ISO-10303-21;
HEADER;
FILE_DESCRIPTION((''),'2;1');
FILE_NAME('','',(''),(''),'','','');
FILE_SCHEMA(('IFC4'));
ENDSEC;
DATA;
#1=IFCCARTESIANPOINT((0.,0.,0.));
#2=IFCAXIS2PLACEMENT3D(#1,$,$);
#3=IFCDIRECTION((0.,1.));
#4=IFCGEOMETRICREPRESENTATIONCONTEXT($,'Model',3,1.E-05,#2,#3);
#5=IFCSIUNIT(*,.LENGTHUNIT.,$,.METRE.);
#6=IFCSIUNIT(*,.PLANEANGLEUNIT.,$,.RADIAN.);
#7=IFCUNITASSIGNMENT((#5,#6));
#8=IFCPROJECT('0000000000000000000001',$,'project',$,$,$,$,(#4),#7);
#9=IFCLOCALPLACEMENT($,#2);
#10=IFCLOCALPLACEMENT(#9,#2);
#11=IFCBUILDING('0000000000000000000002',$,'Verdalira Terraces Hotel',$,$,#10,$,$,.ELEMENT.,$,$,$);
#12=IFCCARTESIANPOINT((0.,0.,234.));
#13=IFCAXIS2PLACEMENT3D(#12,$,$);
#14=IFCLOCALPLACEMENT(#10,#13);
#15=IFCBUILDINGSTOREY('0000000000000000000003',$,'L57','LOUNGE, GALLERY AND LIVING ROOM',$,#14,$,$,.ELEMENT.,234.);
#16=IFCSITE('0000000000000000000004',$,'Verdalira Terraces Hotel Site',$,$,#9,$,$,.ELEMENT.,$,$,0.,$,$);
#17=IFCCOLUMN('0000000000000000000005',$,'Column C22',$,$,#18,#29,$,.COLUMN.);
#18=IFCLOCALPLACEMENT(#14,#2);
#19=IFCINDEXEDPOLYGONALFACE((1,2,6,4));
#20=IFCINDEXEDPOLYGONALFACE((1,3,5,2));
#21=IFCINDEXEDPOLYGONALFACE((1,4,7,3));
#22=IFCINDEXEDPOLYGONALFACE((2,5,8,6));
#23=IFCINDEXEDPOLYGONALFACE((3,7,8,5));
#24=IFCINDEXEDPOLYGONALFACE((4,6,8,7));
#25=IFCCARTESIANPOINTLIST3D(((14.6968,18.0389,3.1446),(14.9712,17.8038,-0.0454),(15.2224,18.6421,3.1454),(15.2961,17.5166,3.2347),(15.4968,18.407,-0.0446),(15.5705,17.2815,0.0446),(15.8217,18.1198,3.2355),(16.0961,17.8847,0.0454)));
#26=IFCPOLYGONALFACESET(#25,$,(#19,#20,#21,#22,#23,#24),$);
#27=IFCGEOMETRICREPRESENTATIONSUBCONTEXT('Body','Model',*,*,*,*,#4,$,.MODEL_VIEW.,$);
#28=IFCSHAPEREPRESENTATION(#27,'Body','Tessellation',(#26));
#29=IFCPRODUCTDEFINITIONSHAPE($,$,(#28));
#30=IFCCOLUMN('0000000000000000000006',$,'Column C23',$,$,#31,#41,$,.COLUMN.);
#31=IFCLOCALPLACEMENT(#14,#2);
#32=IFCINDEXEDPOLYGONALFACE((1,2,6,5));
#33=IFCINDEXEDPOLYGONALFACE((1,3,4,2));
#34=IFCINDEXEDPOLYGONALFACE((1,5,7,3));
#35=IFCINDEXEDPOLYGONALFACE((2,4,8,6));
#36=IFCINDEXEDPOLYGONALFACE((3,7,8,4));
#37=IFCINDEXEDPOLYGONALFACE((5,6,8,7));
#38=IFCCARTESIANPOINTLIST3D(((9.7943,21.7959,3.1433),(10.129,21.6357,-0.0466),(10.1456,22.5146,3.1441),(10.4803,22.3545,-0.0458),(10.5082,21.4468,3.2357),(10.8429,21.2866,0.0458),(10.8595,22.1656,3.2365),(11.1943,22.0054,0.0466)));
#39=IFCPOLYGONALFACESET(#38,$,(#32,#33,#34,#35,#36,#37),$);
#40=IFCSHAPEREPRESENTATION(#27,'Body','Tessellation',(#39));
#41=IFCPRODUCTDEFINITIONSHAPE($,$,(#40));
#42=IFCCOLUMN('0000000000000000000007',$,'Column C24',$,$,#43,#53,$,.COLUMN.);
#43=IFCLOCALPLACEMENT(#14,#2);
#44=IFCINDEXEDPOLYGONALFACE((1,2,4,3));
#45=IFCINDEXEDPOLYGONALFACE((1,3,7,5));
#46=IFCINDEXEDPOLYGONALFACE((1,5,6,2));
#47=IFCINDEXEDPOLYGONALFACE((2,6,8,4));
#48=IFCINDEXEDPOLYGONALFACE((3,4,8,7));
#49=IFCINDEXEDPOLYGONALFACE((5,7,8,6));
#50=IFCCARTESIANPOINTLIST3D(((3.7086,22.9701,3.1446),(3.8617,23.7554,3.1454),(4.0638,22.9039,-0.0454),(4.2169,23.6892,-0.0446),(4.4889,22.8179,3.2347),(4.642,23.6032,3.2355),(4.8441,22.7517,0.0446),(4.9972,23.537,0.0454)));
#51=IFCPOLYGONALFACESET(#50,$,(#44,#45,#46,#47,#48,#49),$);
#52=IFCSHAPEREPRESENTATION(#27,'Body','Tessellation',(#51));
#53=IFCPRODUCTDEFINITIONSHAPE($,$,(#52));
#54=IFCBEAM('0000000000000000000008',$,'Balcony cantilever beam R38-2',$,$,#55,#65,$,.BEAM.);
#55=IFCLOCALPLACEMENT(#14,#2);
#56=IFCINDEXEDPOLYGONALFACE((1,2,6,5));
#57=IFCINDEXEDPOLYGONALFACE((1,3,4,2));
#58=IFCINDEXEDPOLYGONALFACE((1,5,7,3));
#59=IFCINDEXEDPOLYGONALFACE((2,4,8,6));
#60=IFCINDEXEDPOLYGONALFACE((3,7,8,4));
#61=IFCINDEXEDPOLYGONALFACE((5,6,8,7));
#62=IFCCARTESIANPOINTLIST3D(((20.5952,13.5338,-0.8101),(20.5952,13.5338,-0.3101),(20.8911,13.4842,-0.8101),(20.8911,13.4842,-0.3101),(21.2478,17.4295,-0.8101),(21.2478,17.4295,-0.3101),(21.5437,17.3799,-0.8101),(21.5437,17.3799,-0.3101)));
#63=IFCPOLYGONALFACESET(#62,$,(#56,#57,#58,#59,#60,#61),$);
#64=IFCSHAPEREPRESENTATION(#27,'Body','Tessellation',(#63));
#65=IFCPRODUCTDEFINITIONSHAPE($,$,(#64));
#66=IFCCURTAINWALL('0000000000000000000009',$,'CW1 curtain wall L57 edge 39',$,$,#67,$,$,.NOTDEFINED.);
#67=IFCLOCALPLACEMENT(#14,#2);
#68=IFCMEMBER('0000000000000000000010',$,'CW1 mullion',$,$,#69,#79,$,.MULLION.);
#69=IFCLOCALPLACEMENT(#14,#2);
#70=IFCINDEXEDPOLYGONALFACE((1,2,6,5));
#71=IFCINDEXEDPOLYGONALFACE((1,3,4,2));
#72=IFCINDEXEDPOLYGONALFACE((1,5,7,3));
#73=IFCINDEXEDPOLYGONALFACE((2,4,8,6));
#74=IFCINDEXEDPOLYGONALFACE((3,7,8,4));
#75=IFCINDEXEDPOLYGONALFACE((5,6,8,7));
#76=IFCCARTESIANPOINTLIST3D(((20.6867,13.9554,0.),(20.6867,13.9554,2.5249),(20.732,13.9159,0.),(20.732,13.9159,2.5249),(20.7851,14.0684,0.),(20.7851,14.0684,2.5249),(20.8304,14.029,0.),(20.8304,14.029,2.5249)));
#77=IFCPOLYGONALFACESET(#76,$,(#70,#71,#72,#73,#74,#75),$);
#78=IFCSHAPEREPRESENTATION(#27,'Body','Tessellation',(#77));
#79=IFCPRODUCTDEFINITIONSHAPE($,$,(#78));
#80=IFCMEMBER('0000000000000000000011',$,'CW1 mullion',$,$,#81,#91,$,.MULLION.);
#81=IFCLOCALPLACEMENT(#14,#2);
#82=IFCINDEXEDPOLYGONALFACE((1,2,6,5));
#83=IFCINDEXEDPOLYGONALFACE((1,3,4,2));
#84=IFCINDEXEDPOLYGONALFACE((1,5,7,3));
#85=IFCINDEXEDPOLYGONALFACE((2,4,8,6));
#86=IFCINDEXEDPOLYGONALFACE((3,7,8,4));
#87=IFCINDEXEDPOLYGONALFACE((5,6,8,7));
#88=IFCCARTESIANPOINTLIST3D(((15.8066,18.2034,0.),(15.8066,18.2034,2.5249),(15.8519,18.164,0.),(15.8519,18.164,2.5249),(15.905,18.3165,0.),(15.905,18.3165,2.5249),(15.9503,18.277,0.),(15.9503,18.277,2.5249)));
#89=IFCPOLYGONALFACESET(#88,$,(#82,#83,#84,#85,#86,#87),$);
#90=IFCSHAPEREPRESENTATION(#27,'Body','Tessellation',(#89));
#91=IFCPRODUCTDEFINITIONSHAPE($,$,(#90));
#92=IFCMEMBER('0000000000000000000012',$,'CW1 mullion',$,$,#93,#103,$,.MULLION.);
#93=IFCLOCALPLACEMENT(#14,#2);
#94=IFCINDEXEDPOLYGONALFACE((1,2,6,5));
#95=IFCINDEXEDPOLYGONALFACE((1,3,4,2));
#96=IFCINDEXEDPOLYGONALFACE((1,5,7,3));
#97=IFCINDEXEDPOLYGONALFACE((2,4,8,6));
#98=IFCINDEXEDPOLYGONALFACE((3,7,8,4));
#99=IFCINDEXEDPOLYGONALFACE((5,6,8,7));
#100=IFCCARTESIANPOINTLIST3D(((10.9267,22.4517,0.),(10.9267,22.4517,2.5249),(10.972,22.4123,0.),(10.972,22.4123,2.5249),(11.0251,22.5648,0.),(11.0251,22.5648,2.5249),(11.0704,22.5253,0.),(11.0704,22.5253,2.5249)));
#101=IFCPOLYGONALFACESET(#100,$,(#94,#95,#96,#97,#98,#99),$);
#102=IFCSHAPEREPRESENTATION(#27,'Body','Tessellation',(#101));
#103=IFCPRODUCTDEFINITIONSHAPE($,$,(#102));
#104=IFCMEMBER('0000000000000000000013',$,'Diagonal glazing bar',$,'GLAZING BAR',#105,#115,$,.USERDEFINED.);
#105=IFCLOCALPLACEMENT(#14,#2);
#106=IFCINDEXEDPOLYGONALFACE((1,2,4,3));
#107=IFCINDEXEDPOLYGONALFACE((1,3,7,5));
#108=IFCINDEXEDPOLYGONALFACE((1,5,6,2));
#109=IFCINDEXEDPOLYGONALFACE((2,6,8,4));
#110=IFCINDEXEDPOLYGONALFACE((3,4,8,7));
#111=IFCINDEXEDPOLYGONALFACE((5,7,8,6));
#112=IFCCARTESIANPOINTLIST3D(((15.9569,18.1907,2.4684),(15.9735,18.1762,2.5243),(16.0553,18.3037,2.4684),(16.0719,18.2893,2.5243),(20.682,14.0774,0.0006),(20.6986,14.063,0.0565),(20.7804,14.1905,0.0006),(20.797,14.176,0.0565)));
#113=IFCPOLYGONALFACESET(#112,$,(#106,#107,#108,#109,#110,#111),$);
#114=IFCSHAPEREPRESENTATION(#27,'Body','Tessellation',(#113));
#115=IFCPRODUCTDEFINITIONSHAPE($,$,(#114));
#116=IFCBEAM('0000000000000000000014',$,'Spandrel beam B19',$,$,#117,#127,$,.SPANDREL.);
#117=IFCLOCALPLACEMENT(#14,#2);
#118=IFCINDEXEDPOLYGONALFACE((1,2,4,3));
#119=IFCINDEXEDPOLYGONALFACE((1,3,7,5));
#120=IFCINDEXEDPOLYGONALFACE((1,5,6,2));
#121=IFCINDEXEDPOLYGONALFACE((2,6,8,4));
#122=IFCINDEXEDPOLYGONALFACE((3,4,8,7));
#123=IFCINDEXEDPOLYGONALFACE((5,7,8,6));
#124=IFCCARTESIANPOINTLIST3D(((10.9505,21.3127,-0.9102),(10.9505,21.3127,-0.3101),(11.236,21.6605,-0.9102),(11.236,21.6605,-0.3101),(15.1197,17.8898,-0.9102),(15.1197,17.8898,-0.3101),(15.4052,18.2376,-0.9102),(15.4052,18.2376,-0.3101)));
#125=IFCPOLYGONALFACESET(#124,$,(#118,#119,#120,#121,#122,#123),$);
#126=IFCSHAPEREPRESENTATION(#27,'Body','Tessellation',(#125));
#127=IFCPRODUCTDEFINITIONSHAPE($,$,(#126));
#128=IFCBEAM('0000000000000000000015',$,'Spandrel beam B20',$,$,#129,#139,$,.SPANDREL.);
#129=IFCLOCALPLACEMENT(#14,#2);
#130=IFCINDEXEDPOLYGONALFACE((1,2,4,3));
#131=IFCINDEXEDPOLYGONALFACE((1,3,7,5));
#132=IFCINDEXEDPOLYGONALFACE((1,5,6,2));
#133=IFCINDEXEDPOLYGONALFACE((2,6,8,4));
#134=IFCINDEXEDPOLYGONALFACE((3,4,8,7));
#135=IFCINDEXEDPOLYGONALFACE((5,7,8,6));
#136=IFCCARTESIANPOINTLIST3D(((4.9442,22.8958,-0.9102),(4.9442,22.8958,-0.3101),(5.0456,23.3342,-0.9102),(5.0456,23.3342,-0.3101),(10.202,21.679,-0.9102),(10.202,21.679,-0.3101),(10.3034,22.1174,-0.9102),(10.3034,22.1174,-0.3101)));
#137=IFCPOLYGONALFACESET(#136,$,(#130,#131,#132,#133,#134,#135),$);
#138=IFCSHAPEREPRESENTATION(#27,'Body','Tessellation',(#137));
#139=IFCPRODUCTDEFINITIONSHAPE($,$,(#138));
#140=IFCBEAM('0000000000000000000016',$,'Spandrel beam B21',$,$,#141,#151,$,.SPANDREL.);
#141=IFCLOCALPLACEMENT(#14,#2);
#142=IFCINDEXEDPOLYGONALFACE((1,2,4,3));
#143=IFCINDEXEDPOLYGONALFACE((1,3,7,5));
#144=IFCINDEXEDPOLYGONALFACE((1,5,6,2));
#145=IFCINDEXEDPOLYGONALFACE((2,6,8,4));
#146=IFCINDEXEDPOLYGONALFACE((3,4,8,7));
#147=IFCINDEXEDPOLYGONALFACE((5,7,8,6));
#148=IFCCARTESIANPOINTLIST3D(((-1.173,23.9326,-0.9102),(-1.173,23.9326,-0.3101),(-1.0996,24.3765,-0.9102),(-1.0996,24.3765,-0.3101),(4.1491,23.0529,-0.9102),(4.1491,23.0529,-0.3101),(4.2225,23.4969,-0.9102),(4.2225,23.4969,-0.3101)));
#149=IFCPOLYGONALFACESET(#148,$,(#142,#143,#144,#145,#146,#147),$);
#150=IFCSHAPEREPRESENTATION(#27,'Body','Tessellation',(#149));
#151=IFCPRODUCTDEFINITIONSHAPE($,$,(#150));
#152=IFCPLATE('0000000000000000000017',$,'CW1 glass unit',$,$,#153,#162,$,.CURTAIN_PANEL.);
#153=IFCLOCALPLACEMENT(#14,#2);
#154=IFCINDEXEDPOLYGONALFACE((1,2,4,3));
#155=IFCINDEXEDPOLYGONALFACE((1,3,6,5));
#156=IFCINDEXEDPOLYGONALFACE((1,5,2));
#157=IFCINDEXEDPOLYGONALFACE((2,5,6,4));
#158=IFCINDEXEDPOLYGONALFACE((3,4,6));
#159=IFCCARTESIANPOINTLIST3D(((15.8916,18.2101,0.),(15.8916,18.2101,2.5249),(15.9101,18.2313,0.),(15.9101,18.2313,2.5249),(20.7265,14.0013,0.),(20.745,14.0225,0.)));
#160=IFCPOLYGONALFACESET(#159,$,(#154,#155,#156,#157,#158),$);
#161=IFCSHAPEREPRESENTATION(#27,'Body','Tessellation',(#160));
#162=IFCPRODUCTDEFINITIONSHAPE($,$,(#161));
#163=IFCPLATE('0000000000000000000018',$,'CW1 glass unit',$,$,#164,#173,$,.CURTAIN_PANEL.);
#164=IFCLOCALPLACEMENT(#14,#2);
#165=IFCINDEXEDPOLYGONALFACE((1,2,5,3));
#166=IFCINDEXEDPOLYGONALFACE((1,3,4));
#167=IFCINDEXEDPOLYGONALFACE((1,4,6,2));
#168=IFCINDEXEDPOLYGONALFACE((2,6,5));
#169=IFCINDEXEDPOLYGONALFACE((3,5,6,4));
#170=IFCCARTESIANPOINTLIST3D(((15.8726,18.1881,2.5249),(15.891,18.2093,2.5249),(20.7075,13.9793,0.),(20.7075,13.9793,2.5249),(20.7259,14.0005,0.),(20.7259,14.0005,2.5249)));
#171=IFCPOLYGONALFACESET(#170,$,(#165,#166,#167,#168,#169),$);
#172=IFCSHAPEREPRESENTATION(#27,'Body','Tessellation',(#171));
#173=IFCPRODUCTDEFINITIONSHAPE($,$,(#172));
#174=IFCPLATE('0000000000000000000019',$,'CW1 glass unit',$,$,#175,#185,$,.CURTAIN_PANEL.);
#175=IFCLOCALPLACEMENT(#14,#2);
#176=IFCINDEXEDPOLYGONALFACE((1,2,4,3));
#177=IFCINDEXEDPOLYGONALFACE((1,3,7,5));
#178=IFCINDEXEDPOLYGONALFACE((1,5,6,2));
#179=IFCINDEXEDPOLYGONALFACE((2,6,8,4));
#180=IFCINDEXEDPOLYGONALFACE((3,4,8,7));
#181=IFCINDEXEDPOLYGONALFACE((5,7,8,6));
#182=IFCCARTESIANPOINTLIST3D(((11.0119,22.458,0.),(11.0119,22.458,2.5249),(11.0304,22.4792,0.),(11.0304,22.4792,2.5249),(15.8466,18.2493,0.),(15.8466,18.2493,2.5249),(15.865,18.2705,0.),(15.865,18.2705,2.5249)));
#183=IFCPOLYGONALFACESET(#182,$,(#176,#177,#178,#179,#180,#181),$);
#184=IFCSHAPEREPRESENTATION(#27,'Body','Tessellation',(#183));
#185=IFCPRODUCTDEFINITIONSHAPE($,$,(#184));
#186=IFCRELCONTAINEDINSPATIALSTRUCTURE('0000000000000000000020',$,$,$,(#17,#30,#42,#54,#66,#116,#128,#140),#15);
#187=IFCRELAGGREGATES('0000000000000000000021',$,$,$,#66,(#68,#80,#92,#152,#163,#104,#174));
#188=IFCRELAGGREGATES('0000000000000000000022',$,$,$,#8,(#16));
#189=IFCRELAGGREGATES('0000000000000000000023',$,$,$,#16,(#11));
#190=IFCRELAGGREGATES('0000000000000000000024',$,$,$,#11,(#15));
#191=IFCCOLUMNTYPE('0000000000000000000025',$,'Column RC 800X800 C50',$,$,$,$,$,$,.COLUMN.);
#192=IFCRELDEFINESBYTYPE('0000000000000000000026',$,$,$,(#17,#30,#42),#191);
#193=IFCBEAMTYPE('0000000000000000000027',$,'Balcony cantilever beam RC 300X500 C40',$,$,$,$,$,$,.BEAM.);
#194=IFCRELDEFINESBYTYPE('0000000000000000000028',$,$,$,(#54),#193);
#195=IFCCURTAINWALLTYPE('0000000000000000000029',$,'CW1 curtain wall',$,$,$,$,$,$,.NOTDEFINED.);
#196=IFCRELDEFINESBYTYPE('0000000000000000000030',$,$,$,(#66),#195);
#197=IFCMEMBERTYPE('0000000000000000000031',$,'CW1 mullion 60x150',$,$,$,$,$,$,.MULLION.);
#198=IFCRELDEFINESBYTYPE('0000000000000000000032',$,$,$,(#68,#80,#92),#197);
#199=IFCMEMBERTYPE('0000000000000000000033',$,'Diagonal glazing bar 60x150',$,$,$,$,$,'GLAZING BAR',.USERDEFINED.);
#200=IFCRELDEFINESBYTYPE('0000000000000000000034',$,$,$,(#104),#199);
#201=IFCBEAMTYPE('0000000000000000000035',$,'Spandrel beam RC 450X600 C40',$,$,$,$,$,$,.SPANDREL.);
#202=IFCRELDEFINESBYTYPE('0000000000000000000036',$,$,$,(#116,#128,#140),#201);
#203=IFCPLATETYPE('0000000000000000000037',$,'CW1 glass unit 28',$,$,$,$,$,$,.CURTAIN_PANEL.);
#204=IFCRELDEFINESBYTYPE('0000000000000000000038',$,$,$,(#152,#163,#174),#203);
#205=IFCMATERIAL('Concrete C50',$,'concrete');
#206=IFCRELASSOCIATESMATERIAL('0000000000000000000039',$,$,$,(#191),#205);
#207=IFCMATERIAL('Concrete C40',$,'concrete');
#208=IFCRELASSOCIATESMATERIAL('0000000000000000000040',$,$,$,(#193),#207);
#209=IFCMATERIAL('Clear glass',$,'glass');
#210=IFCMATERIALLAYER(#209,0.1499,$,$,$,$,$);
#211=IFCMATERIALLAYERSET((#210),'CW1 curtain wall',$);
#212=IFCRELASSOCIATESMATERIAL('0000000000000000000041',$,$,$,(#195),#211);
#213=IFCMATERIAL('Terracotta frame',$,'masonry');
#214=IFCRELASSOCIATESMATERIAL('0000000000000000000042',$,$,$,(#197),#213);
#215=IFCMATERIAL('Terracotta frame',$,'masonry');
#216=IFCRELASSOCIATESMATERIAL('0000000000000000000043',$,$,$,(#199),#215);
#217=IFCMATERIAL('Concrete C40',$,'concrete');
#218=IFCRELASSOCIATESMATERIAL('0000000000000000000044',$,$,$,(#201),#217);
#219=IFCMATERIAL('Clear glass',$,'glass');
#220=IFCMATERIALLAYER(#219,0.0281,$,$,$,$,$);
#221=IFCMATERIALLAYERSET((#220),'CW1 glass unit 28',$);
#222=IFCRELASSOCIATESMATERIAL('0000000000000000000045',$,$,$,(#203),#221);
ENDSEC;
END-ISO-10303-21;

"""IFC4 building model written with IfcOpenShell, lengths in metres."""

from ifc_helpers import new_model, si_unit, direction, frame, origin, origin_2d, place, context, subcontext, project, spatial, polyline, rectangle, outline, extrude, material, layer, layer_set, material_profile, profile_set, type_object, element, aggregate, save


model = new_model("IFC4")

# Units and contexts
model_context = context("Model", 3, precision=1e-05, world=origin(), true_north=direction((0.0, 1.0)))
body_context = subcontext(model_context, "Body", "Model", "MODEL_VIEW")
ifc_project = project(units=[si_unit("LENGTHUNIT", "METRE"), si_unit("PLANEANGLEUNIT", "RADIAN")], contexts=[model_context])

# Site, building, storey
site_placement = place(None, origin())
site = spatial("IfcSite", under=ifc_project, at=site_placement, Name="Verdalira Terraces Hotel Site", CompositionType="ELEMENT", RefElevation=0.0)
building_placement = place(site_placement, origin())
building = spatial("IfcBuilding", under=site, at=building_placement, Name="Verdalira Terraces Hotel", CompositionType="ELEMENT")
storey_placement = place(building_placement, frame((0.0, 0.0, 234.0)))
storey = spatial("IfcBuildingStorey", under=building, at=storey_placement, Name="L57", Description="LOUNGE, GALLERY AND LIVING ROOM", CompositionType="ELEMENT", Elevation=234.0)

# Columns
ifc_material_1 = material(Name="Concrete C50", Category="concrete")
ifc_material_profile_1 = material_profile(ifc_material_1, rectangle(XDim=0.8, YDim=0.8, at=origin_2d()), Name="RC 800X800")
ifc_profile_set_1 = profile_set([ifc_material_profile_1], Name="Concrete C50")
column_type = type_object("IfcColumnType", Name="Column RC 800X800 C50", PredefinedType="COLUMN", material=ifc_profile_set_1)
column_1_placement = place(storey_placement, frame((15.5337, 17.8442, 0.0), z_axis=(-0.085478, 0.073234, 0.993645), x_axis=(-0.749061, 0.65287, -0.112556)))
element("IfcColumn", 1, at=column_1_placement, inside=storey, type_object=column_type, Name="Column C22", PredefinedType="COLUMN", context=body_context, shape_type="SweptSolid", body=[
    extrude(rectangle(XDim=0.8, YDim=0.8, at=origin_2d()), origin(), (0.0, 0.0, 1.0), 3.2104),
])
column_2_placement = place(storey_placement, frame((10.6616, 21.8206, 0.0), z_axis=(-0.104226, 0.04987, 0.993303), x_axis=(0.892343, -0.43632, 0.115539)))
element("IfcColumn", 2, at=column_2_placement, inside=storey, type_object=column_type, Name="Column C23", PredefinedType="COLUMN", context=body_context, shape_type="SweptSolid", body=[
    extrude(rectangle(XDim=0.8, YDim=0.8, at=origin_2d()), origin(), (0.0, 0.0, 1.0), 3.2114),
])
column_3_placement = place(storey_placement, frame((4.5305, 23.2205, 0.0), z_axis=(-0.11065, 0.020609, 0.993646), x_axis=(-0.975268, 0.190224, -0.112549)))
element("IfcColumn", 3, at=column_3_placement, inside=storey, type_object=column_type, Name="Column C24", PredefinedType="COLUMN", context=body_context, shape_type="SweptSolid", body=[
    extrude(rectangle(XDim=0.8, YDim=0.8, at=origin_2d()), origin(), (0.0, 0.0, 1.0), 3.2104),
])

# Beam
ifc_material_2 = material(Name="Concrete C40", Category="concrete")
ifc_material_profile_2 = material_profile(ifc_material_2, rectangle(XDim=0.3, YDim=0.5, at=origin_2d()), Name="RC 300X500")
ifc_profile_set_2 = profile_set([ifc_material_profile_2], Name="Concrete C40")
beam_type_1 = type_object("IfcBeamType", Name="Balcony cantilever beam RC 300X500 C40", PredefinedType="BEAM", material=ifc_profile_set_2)
beam_1_placement = place(storey_placement, frame((20.7432, 13.509, -0.5601), z_axis=(0.165211, 0.986258, 0.0), x_axis=(-0.986258, 0.165211, 0.0)))
element("IfcBeam", 4, at=beam_1_placement, inside=storey, type_object=beam_type_1, Name="Balcony cantilever beam R38-2", PredefinedType="BEAM", context=body_context, shape_type="SweptSolid", body=[
    extrude(rectangle(XDim=0.3, YDim=0.5, at=origin_2d()), origin(), (0.0, 0.0, 1.0), 3.95),
])

# Curtain wall, members
ifc_material_3 = material(Name="Clear glass", Category="glass")
ifc_layer_1 = layer(ifc_material_3, 0.1499)
ifc_layer_set_1 = layer_set([ifc_layer_1], Name="CW1 curtain wall")
curtain_wall_type = type_object("IfcCurtainWallType", Name="CW1 curtain wall", PredefinedType="NOTDEFINED", material=ifc_layer_set_1)
curtain_wall_placement = place(storey_placement, origin())
curtain_wall = element("IfcCurtainWall", 5, at=curtain_wall_placement, inside=storey, type_object=curtain_wall_type, Name="CW1 curtain wall L57 edge 39", PredefinedType="NOTDEFINED")
ifc_material_4 = material(Name="Terracotta frame", Category="masonry")
ifc_material_profile_3 = material_profile(ifc_material_4, rectangle(XDim=0.0601, YDim=0.1499, at=origin_2d()), Name="MU 60x150")
ifc_profile_set_3 = profile_set([ifc_material_profile_3], Name="Terracotta frame")
member_type_1 = type_object("IfcMemberType", Name="CW1 mullion 60x150", PredefinedType="MULLION", material=ifc_profile_set_3)
member_1_placement = place(storey_placement, frame((20.7585, 13.9922, 0.0), z_axis=(0.0, 0.0, 1.0), x_axis=(-0.754251, 0.656586, 0.0)))
member_1 = element("IfcMember", 6, at=member_1_placement, type_object=member_type_1, Name="CW1 mullion", PredefinedType="MULLION", context=body_context, shape_type="SweptSolid", body=[
    extrude(rectangle(XDim=0.0601, YDim=0.1499, at=origin_2d()), origin(), (0.0, 0.0, 1.0), 2.5249),
])
member_2_placement = place(storey_placement, frame((15.8784, 18.2402, 0.0), z_axis=(0.0, 0.0, 1.0), x_axis=(-0.754251, 0.656586, 0.0)))
member_2 = element("IfcMember", 7, at=member_2_placement, type_object=member_type_1, Name="CW1 mullion", PredefinedType="MULLION", context=body_context, shape_type="SweptSolid", body=[
    extrude(rectangle(XDim=0.0601, YDim=0.1499, at=origin_2d()), origin(), (0.0, 0.0, 1.0), 2.5249),
])
member_3_placement = place(storey_placement, frame((10.9985, 22.4885, 0.0), z_axis=(0.0, 0.0, 1.0), x_axis=(-0.754251, 0.656586, 0.0)))
member_3 = element("IfcMember", 8, at=member_3_placement, type_object=member_type_1, Name="CW1 mullion", PredefinedType="MULLION", context=body_context, shape_type="SweptSolid", body=[
    extrude(rectangle(XDim=0.0601, YDim=0.1499, at=origin_2d()), origin(), (0.0, 0.0, 1.0), 2.5249),
])
ifc_material_5 = material(Name="Terracotta frame", Category="masonry")
ifc_material_profile_4 = material_profile(ifc_material_5, rectangle(XDim=0.1499, YDim=0.0601, at=origin_2d()), Name="GB 60x150")
ifc_profile_set_4 = profile_set([ifc_material_profile_4], Name="Terracotta frame")
member_type_2 = type_object("IfcMemberType", Name="Diagonal glazing bar 60x150", ElementType="GLAZING BAR", PredefinedType="USERDEFINED", material=ifc_profile_set_4)
member_4_placement = place(storey_placement, frame((20.7395, 14.1267, 0.0286), z_axis=(-0.701765, 0.610898, 0.36651), x_axis=(-0.656588, -0.75425, 0.0)))
member_4 = element("IfcMember", 9, at=member_4_placement, type_object=member_type_2, Name="Diagonal glazing bar", ObjectType="GLAZING BAR", PredefinedType="USERDEFINED", context=body_context, shape_type="SweptSolid", body=[
    extrude(rectangle(XDim=0.1499, YDim=0.0601, at=origin_2d()), origin(), (0.0, 0.0, 1.0), 6.7332),
])

# Beams
ifc_material_6 = material(Name="Concrete C40", Category="concrete")
ifc_material_profile_5 = material_profile(ifc_material_6, rectangle(XDim=0.45, YDim=0.6001, at=origin_2d()), Name="RC 450X600")
ifc_profile_set_5 = profile_set([ifc_material_profile_5], Name="Concrete C40")
beam_type_2 = type_object("IfcBeamType", Name="Spandrel beam RC 450X600 C40", PredefinedType="SPANDREL", material=ifc_profile_set_5)
beam_2_placement = place(storey_placement, frame((15.2625, 18.0637, -0.6101), z_axis=(-0.772894, 0.634536, 0.0), x_axis=(-0.634536, -0.772894, 0.0)))
element("IfcBeam", 10, at=beam_2_placement, inside=storey, type_object=beam_type_2, Name="Spandrel beam B19", PredefinedType="SPANDREL", context=body_context, shape_type="SweptSolid", body=[
    extrude(rectangle(XDim=0.45, YDim=0.6001, at=origin_2d()), origin(), (0.0, 0.0, 1.0), 5.3943),
])
beam_3_placement = place(storey_placement, frame((10.2527, 21.8982, -0.6101), z_axis=(-0.974251, 0.225467, 0.0), x_axis=(-0.225467, -0.974251, 0.0)))
element("IfcBeam", 11, at=beam_3_placement, inside=storey, type_object=beam_type_2, Name="Spandrel beam B20", PredefinedType="SPANDREL", context=body_context, shape_type="SweptSolid", body=[
    extrude(rectangle(XDim=0.45, YDim=0.6001, at=origin_2d()), origin(), (0.0, 0.0, 1.0), 5.3967),
])
beam_4_placement = place(storey_placement, frame((4.1858, 23.2749, -0.6101), z_axis=(-0.986614, 0.16307, 0.0), x_axis=(-0.16307, -0.986614, 0.0)))
element("IfcBeam", 12, at=beam_4_placement, inside=storey, type_object=beam_type_2, Name="Spandrel beam B21", PredefinedType="SPANDREL", context=body_context, shape_type="SweptSolid", body=[
    extrude(rectangle(XDim=0.45, YDim=0.6001, at=origin_2d()), origin(), (0.0, 0.0, 1.0), 5.3943),
])

# Plates
ifc_material_7 = material(Name="Clear glass", Category="glass")
ifc_layer_2 = layer(ifc_material_7, 0.0281)
ifc_layer_set_2 = layer_set([ifc_layer_2], Name="CW1 glass unit 28")
plate_type = type_object("IfcPlateType", Name="CW1 glass unit 28", PredefinedType="CURTAIN_PANEL", material=ifc_layer_set_2)
plate_1_placement = place(storey_placement, frame((18.3091, 16.1057, 1.2625), z_axis=(0.656586, 0.754251, 0.0), x_axis=(-0.754251, 0.656586, 0.0)))
plate_1 = element("IfcPlate", 13, at=plate_1_placement, type_object=plate_type, Name="CW1 glass unit", PredefinedType="CURTAIN_PANEL", context=body_context, shape_type="SweptSolid", body=[
    extrude(outline(polyline([(-3.2051, -1.2625), (3.2051, -1.2625), (3.2051, 1.2625), (-3.2051, -1.2625)])), origin(), (0.0, 0.0, 1.0), 0.0281),
])
plate_2_placement = place(storey_placement, frame((18.29, 16.0837, 1.2625), z_axis=(0.656586, 0.754251, 0.0), x_axis=(-0.754251, 0.656586, 0.0)))
plate_2 = element("IfcPlate", 14, at=plate_2_placement, type_object=plate_type, Name="CW1 glass unit", PredefinedType="CURTAIN_PANEL", context=body_context, shape_type="SweptSolid", body=[
    extrude(outline(polyline([(-3.2051, -1.2625), (3.2051, 1.2625), (-3.2051, 1.2625), (-3.2051, -1.2625)])), origin(), (0.0, 0.0, 1.0), 0.0281),
])
plate_3_placement = place(storey_placement, frame((13.4385, 20.3643, 0.0), z_axis=(0.0, 0.0, 1.0), x_axis=(-0.754251, 0.656586, 0.0)))
plate_3 = element("IfcPlate", 15, at=plate_3_placement, type_object=plate_type, Name="CW1 glass unit", PredefinedType="CURTAIN_PANEL", context=body_context, shape_type="SweptSolid", body=[
    extrude(rectangle(XDim=6.4099, YDim=0.0281, at=origin_2d()), origin(), (0.0, 0.0, 1.0), 2.5249),
])
aggregate(curtain_wall, [member_1, member_2, member_3, plate_1, plate_2, member_4, plate_3])

save(model, "model.ifc")
